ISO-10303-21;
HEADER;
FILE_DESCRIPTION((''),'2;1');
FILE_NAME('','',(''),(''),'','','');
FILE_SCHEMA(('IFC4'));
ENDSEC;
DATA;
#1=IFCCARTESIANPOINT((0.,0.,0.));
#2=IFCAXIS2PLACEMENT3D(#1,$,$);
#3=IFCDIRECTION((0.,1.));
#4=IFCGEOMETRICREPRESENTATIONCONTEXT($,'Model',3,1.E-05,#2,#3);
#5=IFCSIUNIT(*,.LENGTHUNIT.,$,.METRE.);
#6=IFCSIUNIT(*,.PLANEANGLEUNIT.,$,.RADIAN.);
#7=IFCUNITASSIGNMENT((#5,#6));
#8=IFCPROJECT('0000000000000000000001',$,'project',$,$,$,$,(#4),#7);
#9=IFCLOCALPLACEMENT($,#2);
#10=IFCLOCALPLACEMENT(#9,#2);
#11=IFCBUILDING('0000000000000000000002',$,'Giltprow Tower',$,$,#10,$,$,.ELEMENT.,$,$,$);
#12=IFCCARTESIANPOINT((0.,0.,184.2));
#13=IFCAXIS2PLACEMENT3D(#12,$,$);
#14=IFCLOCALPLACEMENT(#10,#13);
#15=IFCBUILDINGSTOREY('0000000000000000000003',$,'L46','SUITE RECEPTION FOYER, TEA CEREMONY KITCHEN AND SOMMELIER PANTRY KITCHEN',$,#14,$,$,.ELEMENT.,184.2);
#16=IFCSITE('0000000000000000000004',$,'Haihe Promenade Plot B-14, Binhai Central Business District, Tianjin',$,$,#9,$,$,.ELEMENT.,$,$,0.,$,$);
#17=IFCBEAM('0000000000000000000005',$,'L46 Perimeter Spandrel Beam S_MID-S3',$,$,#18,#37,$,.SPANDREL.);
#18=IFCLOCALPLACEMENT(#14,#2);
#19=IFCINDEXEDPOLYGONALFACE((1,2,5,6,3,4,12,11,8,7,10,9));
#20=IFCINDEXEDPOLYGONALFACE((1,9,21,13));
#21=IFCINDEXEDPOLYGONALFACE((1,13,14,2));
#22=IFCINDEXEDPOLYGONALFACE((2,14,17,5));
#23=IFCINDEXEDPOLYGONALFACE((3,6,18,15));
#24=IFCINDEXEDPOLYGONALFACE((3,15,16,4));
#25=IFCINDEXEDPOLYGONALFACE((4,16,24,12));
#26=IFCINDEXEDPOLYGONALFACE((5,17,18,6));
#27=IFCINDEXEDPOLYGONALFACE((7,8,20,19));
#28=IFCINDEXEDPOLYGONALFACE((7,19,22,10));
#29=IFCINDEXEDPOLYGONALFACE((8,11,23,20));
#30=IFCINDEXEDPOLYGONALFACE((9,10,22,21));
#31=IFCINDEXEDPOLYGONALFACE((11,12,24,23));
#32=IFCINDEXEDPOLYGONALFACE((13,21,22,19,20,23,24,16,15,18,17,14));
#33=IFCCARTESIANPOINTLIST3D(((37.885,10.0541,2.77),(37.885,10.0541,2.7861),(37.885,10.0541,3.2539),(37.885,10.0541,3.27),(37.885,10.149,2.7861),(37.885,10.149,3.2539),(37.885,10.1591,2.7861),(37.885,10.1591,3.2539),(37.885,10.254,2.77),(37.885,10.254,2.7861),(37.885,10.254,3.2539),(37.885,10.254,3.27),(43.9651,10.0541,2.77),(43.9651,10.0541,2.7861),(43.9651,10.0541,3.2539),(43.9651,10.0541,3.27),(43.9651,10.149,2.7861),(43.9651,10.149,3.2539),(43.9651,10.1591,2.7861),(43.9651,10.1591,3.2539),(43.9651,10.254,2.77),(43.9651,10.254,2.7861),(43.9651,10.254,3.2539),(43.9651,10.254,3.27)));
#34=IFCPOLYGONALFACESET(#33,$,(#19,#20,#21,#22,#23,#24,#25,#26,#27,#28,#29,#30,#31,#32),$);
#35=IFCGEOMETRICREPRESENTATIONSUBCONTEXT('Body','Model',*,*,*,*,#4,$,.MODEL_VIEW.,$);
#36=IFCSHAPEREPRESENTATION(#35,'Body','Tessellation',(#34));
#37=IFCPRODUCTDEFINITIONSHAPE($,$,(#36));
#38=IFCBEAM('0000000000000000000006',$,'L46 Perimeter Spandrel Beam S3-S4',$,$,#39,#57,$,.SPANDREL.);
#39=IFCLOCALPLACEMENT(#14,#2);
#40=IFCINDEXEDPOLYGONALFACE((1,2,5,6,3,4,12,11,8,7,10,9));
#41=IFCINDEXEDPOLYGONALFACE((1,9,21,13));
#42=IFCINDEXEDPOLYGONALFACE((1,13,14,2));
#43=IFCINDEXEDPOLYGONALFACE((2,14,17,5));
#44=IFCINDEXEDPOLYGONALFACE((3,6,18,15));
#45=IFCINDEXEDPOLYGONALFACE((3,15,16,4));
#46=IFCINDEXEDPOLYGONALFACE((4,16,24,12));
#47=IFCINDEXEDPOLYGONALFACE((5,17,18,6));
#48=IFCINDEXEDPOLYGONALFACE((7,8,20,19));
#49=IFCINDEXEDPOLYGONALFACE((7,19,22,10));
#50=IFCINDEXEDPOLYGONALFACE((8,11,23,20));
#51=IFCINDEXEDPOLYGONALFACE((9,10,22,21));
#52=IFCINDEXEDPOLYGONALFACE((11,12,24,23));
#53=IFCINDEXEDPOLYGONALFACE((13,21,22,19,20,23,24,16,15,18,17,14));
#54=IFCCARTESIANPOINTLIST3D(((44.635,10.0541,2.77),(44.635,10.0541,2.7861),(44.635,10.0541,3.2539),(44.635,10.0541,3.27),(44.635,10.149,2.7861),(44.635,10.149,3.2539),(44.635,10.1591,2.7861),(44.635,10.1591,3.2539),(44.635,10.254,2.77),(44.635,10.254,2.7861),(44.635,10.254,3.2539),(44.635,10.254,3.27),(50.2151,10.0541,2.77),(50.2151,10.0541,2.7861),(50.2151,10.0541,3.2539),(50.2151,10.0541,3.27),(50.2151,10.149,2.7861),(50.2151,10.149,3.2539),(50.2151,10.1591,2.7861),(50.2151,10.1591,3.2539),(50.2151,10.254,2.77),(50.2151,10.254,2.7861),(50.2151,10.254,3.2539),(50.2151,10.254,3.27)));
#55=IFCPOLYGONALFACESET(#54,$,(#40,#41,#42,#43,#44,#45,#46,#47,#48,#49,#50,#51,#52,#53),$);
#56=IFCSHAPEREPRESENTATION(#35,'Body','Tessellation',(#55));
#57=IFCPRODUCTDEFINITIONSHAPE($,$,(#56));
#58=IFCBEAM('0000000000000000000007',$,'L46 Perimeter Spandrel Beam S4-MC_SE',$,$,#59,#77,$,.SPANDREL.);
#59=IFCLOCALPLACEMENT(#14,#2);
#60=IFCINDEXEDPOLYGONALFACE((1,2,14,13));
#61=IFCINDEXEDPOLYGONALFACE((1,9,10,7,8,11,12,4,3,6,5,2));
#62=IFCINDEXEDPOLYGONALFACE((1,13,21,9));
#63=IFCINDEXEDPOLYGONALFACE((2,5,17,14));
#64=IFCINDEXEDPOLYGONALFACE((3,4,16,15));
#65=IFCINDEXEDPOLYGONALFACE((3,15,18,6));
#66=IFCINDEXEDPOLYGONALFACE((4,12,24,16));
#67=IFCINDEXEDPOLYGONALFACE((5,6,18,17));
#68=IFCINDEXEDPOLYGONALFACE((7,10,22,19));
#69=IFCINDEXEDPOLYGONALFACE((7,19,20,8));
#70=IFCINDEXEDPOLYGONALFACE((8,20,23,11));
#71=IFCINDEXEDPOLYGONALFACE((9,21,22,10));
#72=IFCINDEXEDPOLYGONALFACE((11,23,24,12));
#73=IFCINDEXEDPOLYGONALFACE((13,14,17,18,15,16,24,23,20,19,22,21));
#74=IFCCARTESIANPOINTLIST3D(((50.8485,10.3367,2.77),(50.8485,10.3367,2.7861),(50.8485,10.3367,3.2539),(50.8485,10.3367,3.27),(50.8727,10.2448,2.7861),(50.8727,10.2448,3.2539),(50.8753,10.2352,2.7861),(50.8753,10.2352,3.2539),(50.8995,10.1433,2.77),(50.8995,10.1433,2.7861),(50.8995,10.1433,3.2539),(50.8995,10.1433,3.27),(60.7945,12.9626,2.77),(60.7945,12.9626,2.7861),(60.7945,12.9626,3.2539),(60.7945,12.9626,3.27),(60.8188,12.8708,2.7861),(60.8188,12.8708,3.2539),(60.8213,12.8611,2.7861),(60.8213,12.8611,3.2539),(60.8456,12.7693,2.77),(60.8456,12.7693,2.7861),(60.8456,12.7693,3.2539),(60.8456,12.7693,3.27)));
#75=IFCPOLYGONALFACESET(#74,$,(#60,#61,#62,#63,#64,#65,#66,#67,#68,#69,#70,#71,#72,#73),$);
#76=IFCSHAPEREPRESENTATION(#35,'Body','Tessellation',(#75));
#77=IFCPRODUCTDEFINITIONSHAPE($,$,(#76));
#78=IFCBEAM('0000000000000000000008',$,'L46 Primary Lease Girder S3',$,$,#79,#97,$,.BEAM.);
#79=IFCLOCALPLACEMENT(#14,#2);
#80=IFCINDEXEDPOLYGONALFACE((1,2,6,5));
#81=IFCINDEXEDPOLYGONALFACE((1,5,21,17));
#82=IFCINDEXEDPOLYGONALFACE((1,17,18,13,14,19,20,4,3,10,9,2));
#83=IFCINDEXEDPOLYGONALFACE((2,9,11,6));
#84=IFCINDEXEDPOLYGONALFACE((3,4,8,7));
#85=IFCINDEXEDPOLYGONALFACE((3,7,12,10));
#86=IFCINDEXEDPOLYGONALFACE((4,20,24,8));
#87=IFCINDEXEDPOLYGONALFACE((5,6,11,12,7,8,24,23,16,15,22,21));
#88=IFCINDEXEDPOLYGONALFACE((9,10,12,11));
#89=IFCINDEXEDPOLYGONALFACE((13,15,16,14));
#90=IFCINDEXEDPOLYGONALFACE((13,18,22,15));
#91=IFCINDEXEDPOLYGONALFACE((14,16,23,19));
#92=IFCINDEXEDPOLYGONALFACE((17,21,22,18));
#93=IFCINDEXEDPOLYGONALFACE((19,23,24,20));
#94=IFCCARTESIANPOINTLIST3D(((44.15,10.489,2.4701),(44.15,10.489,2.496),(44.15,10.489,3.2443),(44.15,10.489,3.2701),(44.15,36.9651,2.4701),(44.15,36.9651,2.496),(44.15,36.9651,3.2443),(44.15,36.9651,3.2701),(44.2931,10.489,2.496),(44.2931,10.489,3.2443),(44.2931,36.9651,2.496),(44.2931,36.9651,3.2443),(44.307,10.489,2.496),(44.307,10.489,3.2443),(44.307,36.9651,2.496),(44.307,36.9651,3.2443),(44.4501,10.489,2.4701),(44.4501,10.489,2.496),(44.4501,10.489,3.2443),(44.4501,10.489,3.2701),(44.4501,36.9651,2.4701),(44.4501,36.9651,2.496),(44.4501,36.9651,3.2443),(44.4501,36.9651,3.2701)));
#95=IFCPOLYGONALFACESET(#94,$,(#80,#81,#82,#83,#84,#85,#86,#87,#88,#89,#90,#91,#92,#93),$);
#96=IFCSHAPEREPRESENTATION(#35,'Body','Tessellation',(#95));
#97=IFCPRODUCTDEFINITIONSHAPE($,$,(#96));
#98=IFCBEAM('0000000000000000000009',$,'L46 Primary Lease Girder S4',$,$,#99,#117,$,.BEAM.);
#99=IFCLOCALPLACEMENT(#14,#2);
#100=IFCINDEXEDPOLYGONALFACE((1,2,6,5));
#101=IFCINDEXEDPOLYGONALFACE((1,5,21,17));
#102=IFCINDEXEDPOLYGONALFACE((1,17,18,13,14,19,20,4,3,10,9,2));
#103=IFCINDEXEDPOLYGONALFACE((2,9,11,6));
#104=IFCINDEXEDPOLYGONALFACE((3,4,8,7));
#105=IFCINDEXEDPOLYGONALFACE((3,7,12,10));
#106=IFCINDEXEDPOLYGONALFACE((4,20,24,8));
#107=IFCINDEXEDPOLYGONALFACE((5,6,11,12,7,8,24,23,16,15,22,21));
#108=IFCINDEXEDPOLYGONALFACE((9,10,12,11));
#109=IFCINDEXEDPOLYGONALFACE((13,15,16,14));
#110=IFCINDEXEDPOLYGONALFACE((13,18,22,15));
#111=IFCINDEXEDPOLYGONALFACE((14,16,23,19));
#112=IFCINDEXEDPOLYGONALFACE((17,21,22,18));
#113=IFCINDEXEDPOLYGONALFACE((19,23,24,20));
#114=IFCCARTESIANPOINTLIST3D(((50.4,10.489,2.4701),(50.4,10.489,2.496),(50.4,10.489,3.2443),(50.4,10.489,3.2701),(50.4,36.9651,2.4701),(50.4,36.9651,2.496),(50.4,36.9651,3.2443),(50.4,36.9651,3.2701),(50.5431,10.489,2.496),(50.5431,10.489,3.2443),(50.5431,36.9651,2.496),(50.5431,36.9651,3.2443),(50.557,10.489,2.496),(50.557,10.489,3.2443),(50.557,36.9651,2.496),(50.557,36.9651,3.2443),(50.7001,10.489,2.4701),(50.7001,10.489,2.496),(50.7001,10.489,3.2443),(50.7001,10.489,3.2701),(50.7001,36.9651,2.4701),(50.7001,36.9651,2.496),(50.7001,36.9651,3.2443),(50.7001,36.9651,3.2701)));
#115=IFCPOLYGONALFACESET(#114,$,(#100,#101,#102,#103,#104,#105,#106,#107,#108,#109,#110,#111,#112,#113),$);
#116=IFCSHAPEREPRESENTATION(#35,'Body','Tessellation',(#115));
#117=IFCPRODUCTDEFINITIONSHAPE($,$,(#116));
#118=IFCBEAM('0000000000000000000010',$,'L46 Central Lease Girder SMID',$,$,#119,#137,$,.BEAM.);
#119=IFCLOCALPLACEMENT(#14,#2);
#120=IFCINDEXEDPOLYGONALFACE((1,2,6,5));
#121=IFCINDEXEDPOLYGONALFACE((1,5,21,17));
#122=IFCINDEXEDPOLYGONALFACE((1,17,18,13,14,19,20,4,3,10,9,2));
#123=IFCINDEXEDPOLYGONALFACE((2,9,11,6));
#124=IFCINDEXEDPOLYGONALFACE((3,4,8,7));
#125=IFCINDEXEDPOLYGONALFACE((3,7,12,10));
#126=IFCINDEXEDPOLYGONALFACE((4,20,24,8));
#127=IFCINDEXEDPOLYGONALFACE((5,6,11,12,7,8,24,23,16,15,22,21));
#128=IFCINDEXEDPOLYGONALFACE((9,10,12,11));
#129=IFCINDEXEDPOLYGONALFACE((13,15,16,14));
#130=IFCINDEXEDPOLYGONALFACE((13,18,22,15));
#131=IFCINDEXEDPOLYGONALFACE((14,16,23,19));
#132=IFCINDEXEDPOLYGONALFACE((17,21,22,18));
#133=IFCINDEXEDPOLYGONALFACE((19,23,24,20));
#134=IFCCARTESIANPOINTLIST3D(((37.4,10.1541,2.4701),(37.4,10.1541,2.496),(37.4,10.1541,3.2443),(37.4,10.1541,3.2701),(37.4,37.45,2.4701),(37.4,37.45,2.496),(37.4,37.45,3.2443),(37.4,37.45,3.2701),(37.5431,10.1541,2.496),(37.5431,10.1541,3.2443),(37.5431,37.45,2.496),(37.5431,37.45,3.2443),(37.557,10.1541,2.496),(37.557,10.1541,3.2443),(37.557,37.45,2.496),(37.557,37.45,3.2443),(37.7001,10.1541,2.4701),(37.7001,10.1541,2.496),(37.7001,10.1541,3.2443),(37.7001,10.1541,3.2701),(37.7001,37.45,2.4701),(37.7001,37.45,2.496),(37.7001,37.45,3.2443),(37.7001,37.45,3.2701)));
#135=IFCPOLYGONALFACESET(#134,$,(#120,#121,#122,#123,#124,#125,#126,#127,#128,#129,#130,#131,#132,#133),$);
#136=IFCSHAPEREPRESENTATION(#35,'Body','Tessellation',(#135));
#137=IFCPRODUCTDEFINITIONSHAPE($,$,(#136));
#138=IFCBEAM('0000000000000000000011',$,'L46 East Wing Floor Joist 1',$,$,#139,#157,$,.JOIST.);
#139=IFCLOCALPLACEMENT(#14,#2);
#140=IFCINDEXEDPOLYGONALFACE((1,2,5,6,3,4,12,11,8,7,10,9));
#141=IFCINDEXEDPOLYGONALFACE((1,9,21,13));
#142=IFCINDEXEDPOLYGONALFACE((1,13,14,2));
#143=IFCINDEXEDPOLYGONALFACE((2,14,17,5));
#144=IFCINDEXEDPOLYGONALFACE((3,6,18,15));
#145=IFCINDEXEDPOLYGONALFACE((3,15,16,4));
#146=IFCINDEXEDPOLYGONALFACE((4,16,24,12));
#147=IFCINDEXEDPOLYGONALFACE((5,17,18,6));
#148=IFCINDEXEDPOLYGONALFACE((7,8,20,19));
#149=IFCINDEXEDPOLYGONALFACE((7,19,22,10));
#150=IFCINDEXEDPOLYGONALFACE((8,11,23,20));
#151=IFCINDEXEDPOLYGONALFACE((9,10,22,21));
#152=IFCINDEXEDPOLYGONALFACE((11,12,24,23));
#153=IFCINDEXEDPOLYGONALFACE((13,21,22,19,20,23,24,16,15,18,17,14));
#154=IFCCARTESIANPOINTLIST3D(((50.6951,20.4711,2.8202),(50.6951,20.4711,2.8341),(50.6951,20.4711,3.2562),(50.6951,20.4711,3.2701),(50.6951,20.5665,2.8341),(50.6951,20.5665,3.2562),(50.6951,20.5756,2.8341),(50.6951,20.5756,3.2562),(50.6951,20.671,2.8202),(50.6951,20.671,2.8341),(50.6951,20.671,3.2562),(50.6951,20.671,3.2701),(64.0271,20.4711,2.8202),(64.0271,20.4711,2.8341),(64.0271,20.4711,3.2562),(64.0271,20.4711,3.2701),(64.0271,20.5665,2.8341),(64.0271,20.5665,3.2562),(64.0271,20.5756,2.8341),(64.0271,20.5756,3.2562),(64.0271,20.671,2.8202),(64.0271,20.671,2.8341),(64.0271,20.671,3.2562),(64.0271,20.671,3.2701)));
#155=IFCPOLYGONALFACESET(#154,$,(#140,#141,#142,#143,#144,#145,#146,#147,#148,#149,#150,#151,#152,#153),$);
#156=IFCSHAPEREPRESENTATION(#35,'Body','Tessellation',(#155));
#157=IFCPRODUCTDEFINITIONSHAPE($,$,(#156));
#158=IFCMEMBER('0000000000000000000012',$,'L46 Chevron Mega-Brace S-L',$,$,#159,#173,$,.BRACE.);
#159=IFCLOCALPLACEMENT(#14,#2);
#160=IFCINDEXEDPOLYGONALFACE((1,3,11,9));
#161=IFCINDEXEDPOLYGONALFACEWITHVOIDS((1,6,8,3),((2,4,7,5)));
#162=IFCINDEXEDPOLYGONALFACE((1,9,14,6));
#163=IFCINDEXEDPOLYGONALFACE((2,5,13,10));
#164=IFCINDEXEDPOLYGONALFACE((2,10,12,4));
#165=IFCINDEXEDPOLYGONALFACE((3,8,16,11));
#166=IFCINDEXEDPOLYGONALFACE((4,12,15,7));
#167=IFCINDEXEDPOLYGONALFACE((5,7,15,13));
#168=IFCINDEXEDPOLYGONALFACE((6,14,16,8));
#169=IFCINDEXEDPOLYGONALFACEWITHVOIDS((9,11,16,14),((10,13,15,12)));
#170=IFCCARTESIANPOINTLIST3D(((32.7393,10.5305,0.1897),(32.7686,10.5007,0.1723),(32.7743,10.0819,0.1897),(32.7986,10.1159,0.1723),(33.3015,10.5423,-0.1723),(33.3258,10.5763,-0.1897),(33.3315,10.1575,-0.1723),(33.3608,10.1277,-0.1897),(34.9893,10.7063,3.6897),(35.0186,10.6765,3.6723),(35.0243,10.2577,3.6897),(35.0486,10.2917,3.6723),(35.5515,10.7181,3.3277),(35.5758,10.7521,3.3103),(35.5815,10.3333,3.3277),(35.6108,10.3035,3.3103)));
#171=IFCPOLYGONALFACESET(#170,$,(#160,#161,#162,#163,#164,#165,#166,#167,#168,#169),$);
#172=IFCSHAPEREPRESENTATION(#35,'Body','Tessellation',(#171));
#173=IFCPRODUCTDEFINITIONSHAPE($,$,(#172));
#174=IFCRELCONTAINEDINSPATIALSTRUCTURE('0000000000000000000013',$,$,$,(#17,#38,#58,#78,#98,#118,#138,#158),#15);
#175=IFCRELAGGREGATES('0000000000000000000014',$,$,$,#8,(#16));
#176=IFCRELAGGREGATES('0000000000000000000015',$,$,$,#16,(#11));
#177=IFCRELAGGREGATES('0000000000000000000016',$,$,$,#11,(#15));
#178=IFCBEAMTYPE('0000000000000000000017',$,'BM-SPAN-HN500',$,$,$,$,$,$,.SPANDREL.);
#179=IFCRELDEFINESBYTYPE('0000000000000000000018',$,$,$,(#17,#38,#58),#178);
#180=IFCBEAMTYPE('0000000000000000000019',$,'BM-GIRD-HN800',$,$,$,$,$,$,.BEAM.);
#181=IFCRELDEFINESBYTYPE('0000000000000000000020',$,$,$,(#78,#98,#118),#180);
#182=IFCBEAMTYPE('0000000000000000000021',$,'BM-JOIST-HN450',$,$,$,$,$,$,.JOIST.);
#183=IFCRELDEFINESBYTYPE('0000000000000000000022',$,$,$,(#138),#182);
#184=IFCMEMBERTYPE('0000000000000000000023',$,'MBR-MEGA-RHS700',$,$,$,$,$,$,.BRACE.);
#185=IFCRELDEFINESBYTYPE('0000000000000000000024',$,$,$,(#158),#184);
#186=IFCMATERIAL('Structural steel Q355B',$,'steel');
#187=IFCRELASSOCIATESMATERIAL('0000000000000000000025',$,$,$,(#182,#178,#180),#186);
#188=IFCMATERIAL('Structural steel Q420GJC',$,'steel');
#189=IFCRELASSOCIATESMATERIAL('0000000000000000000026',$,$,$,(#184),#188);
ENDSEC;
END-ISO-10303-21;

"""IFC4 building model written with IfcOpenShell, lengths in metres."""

from ifc_helpers import new_model, si_unit, direction, frame, origin, origin_2d, place, context, subcontext, project, spatial, hollow_rectangle, i_section, extrude, source, transform, mapped, material, material_profile, profile_set, type_object, element, save


model = new_model("IFC4")

# Units and contexts
model_context = context("Model", 3, precision=1e-05, world=origin(), true_north=direction((0.0, 1.0)))
body_context = subcontext(model_context, "Body", "Model", "MODEL_VIEW")
ifc_project = project(units=[si_unit("LENGTHUNIT", "METRE"), si_unit("PLANEANGLEUNIT", "RADIAN")], contexts=[model_context])

# Site, building, storey
site_placement = place(None, origin())
site = spatial("IfcSite", under=ifc_project, at=site_placement, Name="Haihe Promenade Plot B-14, Binhai Central Business District, Tianjin", CompositionType="ELEMENT", RefElevation=0.0)
building_placement = place(site_placement, origin())
building = spatial("IfcBuilding", under=site, at=building_placement, Name="Giltprow Tower", CompositionType="ELEMENT")
storey_placement = place(building_placement, frame((0.0, 0.0, 184.2)))
storey = spatial("IfcBuildingStorey", under=building, at=storey_placement, Name="L46", Description="SUITE RECEPTION FOYER, TEA CEREMONY KITCHEN AND SOMMELIER PANTRY KITCHEN", CompositionType="ELEMENT", Elevation=184.2)

# Shared definitions
ifc_material_1 = material(Name="Structural steel Q420GJC", Category="steel")

# Beams
ifc_material_2 = material(Name="Structural steel Q355B", Category="steel")
ifc_material_profile_1 = material_profile(ifc_material_2, i_section(OverallWidth=0.2, OverallDepth=0.45, WebThickness=0.009, FlangeThickness=0.0139, at=origin_2d()), Name="HN 450x200x9x14")
ifc_profile_set_1 = profile_set([ifc_material_profile_1], Name="Structural steel Q355B")
beam_type_1 = type_object("IfcBeamType", Name="BM-JOIST-HN450", PredefinedType="JOIST", material=ifc_profile_set_1)
ifc_material_profile_2 = material_profile(ifc_material_2, i_section(OverallWidth=0.2, OverallDepth=0.5, WebThickness=0.01, FlangeThickness=0.0161, at=origin_2d()), Name="HN 500x200x10x16")
ifc_profile_set_2 = profile_set([ifc_material_profile_2], Name="Structural steel Q355B")
beam_type_2 = type_object("IfcBeamType", Name="BM-SPAN-HN500", PredefinedType="SPANDREL", material=ifc_profile_set_2)
shared_shape_1 = source(origin(), body_context, "Body", "SweptSolid", [
    extrude(i_section(OverallWidth=0.2, OverallDepth=0.5, WebThickness=0.01, FlangeThickness=0.0161, at=origin_2d()), origin(), (0.0, 0.0, 1.0), 6.0801),
])
beam_1_placement = place(storey_placement, frame((37.885, 10.1541, 3.02), z_axis=(1.0, 0.0, 0.0), x_axis=(0.0, 1.0, 0.0)))
element("IfcBeam", 1, at=beam_1_placement, inside=storey, type_object=beam_type_2, Name="L46 Perimeter Spandrel Beam S_MID-S3", PredefinedType="SPANDREL", context=body_context, shape_type="MappedRepresentation", body=[
    mapped(shared_shape_1, transform((0.0, 0.0, 0.0), x_axis=(1.0, 0.0, 0.0), y_axis=(0.0, 1.0, 0.0), z_axis=(0.0, 0.0, 1.0), scale=1.0)),
])
shared_shape_2 = source(origin(), body_context, "Body", "SweptSolid", [
    extrude(i_section(OverallWidth=0.2, OverallDepth=0.5, WebThickness=0.01, FlangeThickness=0.0161, at=origin_2d()), origin(), (0.0, 0.0, 1.0), 5.5801),
])
beam_2_placement = place(storey_placement, frame((44.635, 10.1541, 3.02), z_axis=(1.0, 0.0, 0.0), x_axis=(0.0, 1.0, 0.0)))
element("IfcBeam", 2, at=beam_2_placement, inside=storey, type_object=beam_type_2, Name="L46 Perimeter Spandrel Beam S3-S4", PredefinedType="SPANDREL", context=body_context, shape_type="MappedRepresentation", body=[
    mapped(shared_shape_2, transform((0.0, 0.0, 0.0), x_axis=(1.0, 0.0, 0.0), y_axis=(0.0, 1.0, 0.0), z_axis=(0.0, 0.0, 1.0), scale=1.0)),
])
shared_shape_3 = source(origin(), body_context, "Body", "SweptSolid", [
    extrude(i_section(OverallWidth=0.2, OverallDepth=0.5, WebThickness=0.01, FlangeThickness=0.0161, at=origin_2d()), origin(), (0.0, 0.0, 1.0), 10.2869),
])
beam_3_placement = place(storey_placement, frame((50.874, 10.24, 3.02), z_axis=(0.966869, 0.255275, 0.0), x_axis=(-0.255275, 0.966869, 0.0)))
element("IfcBeam", 3, at=beam_3_placement, inside=storey, type_object=beam_type_2, Name="L46 Perimeter Spandrel Beam S4-MC_SE", PredefinedType="SPANDREL", context=body_context, shape_type="MappedRepresentation", body=[
    mapped(shared_shape_3, transform((0.0, 0.0, 0.0), x_axis=(1.0, 0.0, 0.0), y_axis=(0.0, 1.0, 0.0), z_axis=(0.0, 0.0, 1.0), scale=1.0)),
])
ifc_material_profile_3 = material_profile(ifc_material_2, i_section(OverallWidth=0.3, OverallDepth=0.8, WebThickness=0.0139, FlangeThickness=0.0259, at=origin_2d()), Name="HN 800x300x14x26")
ifc_profile_set_3 = profile_set([ifc_material_profile_3], Name="Structural steel Q355B")
beam_type_3 = type_object("IfcBeamType", Name="BM-GIRD-HN800", PredefinedType="BEAM", material=ifc_profile_set_3)
shared_shape_4 = source(origin(), body_context, "Body", "SweptSolid", [
    extrude(i_section(OverallWidth=0.3, OverallDepth=0.8, WebThickness=0.0139, FlangeThickness=0.0259, at=origin_2d()), origin(), (0.0, 0.0, 1.0), 26.4761),
])
for number, where, z_axis, x_axis, name in (
    (4, (44.3, 10.489, 2.8701), (0.0, 1.0, 0.0), (-1.0, 0.0, 0.0), "L46 Primary Lease Girder S3"),
    (5, (50.55, 10.489, 2.8701), (0.0, 1.0, 0.0), (-1.0, 0.0, 0.0), "L46 Primary Lease Girder S4"),
):
    element("IfcBeam", number, at=place(storey_placement, frame(where, z_axis=z_axis, x_axis=x_axis)), inside=storey, type_object=beam_type_3, Name=name, PredefinedType="BEAM", context=body_context, shape_type="MappedRepresentation", body=[
        mapped(shared_shape_4, transform((0.0, 0.0, 0.0), x_axis=(1.0, 0.0, 0.0), y_axis=(0.0, 1.0, 0.0), z_axis=(0.0, 0.0, 1.0), scale=1.0)),
    ])
shared_shape_5 = source(origin(), body_context, "Body", "SweptSolid", [
    extrude(i_section(OverallWidth=0.3, OverallDepth=0.8, WebThickness=0.0139, FlangeThickness=0.0259, at=origin_2d()), origin(), (0.0, 0.0, 1.0), 27.2959),
])
beam_4_placement = place(storey_placement, frame((37.55, 10.1541, 2.8701), z_axis=(0.0, 1.0, 0.0), x_axis=(-1.0, 0.0, 0.0)))
element("IfcBeam", 6, at=beam_4_placement, inside=storey, type_object=beam_type_3, Name="L46 Central Lease Girder SMID", PredefinedType="BEAM", context=body_context, shape_type="MappedRepresentation", body=[
    mapped(shared_shape_5, transform((0.0, 0.0, 0.0), x_axis=(1.0, 0.0, 0.0), y_axis=(0.0, 1.0, 0.0), z_axis=(0.0, 0.0, 1.0), scale=1.0)),
])
shared_shape_6 = source(origin(), body_context, "Body", "SweptSolid", [
    extrude(i_section(OverallWidth=0.2, OverallDepth=0.45, WebThickness=0.009, FlangeThickness=0.0139, at=origin_2d()), origin(), (0.0, 0.0, 1.0), 13.332),
])
beam_5_placement = place(storey_placement, frame((50.6951, 20.571, 3.0452), z_axis=(1.0, 0.0, 0.0), x_axis=(0.0, 1.0, 0.0)))
element("IfcBeam", 7, at=beam_5_placement, inside=storey, type_object=beam_type_1, Name="L46 East Wing Floor Joist 1", PredefinedType="JOIST", context=body_context, shape_type="MappedRepresentation", body=[
    mapped(shared_shape_6, transform((0.0, 0.0, 0.0), x_axis=(1.0, 0.0, 0.0), y_axis=(0.0, 1.0, 0.0), z_axis=(0.0, 0.0, 1.0), scale=1.0)),
])

# Member
ifc_material_profile_4 = material_profile(ifc_material_1, hollow_rectangle(XDim=0.45, YDim=0.7, WallThickness=0.032, at=origin_2d()), Name="RHS 700x450x32")
ifc_profile_set_4 = profile_set([ifc_material_profile_4], Name="Structural steel Q420GJC")
member_type_1 = type_object("IfcMemberType", Name="MBR-MEGA-RHS700", PredefinedType="BRACE", material=ifc_profile_set_4)
shared_shape_7 = source(origin(), body_context, "Body", "SweptSolid", [
    extrude(hollow_rectangle(XDim=0.45, YDim=0.7, WallThickness=0.032, at=origin_2d()), origin(), (0.0, 0.0, 1.0), 4.1646),
])
for number, where, z_axis, x_axis, name in (
    (8, (33.05, 10.3291, 0.0), (0.540276, 0.042209, 0.840429), (-0.077888, 0.996962, 0.0), "L46 Chevron Mega-Brace S-L"),
):
    element("IfcMember", number, at=place(storey_placement, frame(where, z_axis=z_axis, x_axis=x_axis)), inside=storey, type_object=member_type_1, Name=name, PredefinedType="BRACE", context=body_context, shape_type="MappedRepresentation", body=[
        mapped(shared_shape_7, transform((0.0, 0.0, 0.0), x_axis=(1.0, 0.0, 0.0), y_axis=(0.0, 1.0, 0.0), z_axis=(0.0, 0.0, 1.0), scale=1.0)),
    ])

save(model, "model.ifc")
